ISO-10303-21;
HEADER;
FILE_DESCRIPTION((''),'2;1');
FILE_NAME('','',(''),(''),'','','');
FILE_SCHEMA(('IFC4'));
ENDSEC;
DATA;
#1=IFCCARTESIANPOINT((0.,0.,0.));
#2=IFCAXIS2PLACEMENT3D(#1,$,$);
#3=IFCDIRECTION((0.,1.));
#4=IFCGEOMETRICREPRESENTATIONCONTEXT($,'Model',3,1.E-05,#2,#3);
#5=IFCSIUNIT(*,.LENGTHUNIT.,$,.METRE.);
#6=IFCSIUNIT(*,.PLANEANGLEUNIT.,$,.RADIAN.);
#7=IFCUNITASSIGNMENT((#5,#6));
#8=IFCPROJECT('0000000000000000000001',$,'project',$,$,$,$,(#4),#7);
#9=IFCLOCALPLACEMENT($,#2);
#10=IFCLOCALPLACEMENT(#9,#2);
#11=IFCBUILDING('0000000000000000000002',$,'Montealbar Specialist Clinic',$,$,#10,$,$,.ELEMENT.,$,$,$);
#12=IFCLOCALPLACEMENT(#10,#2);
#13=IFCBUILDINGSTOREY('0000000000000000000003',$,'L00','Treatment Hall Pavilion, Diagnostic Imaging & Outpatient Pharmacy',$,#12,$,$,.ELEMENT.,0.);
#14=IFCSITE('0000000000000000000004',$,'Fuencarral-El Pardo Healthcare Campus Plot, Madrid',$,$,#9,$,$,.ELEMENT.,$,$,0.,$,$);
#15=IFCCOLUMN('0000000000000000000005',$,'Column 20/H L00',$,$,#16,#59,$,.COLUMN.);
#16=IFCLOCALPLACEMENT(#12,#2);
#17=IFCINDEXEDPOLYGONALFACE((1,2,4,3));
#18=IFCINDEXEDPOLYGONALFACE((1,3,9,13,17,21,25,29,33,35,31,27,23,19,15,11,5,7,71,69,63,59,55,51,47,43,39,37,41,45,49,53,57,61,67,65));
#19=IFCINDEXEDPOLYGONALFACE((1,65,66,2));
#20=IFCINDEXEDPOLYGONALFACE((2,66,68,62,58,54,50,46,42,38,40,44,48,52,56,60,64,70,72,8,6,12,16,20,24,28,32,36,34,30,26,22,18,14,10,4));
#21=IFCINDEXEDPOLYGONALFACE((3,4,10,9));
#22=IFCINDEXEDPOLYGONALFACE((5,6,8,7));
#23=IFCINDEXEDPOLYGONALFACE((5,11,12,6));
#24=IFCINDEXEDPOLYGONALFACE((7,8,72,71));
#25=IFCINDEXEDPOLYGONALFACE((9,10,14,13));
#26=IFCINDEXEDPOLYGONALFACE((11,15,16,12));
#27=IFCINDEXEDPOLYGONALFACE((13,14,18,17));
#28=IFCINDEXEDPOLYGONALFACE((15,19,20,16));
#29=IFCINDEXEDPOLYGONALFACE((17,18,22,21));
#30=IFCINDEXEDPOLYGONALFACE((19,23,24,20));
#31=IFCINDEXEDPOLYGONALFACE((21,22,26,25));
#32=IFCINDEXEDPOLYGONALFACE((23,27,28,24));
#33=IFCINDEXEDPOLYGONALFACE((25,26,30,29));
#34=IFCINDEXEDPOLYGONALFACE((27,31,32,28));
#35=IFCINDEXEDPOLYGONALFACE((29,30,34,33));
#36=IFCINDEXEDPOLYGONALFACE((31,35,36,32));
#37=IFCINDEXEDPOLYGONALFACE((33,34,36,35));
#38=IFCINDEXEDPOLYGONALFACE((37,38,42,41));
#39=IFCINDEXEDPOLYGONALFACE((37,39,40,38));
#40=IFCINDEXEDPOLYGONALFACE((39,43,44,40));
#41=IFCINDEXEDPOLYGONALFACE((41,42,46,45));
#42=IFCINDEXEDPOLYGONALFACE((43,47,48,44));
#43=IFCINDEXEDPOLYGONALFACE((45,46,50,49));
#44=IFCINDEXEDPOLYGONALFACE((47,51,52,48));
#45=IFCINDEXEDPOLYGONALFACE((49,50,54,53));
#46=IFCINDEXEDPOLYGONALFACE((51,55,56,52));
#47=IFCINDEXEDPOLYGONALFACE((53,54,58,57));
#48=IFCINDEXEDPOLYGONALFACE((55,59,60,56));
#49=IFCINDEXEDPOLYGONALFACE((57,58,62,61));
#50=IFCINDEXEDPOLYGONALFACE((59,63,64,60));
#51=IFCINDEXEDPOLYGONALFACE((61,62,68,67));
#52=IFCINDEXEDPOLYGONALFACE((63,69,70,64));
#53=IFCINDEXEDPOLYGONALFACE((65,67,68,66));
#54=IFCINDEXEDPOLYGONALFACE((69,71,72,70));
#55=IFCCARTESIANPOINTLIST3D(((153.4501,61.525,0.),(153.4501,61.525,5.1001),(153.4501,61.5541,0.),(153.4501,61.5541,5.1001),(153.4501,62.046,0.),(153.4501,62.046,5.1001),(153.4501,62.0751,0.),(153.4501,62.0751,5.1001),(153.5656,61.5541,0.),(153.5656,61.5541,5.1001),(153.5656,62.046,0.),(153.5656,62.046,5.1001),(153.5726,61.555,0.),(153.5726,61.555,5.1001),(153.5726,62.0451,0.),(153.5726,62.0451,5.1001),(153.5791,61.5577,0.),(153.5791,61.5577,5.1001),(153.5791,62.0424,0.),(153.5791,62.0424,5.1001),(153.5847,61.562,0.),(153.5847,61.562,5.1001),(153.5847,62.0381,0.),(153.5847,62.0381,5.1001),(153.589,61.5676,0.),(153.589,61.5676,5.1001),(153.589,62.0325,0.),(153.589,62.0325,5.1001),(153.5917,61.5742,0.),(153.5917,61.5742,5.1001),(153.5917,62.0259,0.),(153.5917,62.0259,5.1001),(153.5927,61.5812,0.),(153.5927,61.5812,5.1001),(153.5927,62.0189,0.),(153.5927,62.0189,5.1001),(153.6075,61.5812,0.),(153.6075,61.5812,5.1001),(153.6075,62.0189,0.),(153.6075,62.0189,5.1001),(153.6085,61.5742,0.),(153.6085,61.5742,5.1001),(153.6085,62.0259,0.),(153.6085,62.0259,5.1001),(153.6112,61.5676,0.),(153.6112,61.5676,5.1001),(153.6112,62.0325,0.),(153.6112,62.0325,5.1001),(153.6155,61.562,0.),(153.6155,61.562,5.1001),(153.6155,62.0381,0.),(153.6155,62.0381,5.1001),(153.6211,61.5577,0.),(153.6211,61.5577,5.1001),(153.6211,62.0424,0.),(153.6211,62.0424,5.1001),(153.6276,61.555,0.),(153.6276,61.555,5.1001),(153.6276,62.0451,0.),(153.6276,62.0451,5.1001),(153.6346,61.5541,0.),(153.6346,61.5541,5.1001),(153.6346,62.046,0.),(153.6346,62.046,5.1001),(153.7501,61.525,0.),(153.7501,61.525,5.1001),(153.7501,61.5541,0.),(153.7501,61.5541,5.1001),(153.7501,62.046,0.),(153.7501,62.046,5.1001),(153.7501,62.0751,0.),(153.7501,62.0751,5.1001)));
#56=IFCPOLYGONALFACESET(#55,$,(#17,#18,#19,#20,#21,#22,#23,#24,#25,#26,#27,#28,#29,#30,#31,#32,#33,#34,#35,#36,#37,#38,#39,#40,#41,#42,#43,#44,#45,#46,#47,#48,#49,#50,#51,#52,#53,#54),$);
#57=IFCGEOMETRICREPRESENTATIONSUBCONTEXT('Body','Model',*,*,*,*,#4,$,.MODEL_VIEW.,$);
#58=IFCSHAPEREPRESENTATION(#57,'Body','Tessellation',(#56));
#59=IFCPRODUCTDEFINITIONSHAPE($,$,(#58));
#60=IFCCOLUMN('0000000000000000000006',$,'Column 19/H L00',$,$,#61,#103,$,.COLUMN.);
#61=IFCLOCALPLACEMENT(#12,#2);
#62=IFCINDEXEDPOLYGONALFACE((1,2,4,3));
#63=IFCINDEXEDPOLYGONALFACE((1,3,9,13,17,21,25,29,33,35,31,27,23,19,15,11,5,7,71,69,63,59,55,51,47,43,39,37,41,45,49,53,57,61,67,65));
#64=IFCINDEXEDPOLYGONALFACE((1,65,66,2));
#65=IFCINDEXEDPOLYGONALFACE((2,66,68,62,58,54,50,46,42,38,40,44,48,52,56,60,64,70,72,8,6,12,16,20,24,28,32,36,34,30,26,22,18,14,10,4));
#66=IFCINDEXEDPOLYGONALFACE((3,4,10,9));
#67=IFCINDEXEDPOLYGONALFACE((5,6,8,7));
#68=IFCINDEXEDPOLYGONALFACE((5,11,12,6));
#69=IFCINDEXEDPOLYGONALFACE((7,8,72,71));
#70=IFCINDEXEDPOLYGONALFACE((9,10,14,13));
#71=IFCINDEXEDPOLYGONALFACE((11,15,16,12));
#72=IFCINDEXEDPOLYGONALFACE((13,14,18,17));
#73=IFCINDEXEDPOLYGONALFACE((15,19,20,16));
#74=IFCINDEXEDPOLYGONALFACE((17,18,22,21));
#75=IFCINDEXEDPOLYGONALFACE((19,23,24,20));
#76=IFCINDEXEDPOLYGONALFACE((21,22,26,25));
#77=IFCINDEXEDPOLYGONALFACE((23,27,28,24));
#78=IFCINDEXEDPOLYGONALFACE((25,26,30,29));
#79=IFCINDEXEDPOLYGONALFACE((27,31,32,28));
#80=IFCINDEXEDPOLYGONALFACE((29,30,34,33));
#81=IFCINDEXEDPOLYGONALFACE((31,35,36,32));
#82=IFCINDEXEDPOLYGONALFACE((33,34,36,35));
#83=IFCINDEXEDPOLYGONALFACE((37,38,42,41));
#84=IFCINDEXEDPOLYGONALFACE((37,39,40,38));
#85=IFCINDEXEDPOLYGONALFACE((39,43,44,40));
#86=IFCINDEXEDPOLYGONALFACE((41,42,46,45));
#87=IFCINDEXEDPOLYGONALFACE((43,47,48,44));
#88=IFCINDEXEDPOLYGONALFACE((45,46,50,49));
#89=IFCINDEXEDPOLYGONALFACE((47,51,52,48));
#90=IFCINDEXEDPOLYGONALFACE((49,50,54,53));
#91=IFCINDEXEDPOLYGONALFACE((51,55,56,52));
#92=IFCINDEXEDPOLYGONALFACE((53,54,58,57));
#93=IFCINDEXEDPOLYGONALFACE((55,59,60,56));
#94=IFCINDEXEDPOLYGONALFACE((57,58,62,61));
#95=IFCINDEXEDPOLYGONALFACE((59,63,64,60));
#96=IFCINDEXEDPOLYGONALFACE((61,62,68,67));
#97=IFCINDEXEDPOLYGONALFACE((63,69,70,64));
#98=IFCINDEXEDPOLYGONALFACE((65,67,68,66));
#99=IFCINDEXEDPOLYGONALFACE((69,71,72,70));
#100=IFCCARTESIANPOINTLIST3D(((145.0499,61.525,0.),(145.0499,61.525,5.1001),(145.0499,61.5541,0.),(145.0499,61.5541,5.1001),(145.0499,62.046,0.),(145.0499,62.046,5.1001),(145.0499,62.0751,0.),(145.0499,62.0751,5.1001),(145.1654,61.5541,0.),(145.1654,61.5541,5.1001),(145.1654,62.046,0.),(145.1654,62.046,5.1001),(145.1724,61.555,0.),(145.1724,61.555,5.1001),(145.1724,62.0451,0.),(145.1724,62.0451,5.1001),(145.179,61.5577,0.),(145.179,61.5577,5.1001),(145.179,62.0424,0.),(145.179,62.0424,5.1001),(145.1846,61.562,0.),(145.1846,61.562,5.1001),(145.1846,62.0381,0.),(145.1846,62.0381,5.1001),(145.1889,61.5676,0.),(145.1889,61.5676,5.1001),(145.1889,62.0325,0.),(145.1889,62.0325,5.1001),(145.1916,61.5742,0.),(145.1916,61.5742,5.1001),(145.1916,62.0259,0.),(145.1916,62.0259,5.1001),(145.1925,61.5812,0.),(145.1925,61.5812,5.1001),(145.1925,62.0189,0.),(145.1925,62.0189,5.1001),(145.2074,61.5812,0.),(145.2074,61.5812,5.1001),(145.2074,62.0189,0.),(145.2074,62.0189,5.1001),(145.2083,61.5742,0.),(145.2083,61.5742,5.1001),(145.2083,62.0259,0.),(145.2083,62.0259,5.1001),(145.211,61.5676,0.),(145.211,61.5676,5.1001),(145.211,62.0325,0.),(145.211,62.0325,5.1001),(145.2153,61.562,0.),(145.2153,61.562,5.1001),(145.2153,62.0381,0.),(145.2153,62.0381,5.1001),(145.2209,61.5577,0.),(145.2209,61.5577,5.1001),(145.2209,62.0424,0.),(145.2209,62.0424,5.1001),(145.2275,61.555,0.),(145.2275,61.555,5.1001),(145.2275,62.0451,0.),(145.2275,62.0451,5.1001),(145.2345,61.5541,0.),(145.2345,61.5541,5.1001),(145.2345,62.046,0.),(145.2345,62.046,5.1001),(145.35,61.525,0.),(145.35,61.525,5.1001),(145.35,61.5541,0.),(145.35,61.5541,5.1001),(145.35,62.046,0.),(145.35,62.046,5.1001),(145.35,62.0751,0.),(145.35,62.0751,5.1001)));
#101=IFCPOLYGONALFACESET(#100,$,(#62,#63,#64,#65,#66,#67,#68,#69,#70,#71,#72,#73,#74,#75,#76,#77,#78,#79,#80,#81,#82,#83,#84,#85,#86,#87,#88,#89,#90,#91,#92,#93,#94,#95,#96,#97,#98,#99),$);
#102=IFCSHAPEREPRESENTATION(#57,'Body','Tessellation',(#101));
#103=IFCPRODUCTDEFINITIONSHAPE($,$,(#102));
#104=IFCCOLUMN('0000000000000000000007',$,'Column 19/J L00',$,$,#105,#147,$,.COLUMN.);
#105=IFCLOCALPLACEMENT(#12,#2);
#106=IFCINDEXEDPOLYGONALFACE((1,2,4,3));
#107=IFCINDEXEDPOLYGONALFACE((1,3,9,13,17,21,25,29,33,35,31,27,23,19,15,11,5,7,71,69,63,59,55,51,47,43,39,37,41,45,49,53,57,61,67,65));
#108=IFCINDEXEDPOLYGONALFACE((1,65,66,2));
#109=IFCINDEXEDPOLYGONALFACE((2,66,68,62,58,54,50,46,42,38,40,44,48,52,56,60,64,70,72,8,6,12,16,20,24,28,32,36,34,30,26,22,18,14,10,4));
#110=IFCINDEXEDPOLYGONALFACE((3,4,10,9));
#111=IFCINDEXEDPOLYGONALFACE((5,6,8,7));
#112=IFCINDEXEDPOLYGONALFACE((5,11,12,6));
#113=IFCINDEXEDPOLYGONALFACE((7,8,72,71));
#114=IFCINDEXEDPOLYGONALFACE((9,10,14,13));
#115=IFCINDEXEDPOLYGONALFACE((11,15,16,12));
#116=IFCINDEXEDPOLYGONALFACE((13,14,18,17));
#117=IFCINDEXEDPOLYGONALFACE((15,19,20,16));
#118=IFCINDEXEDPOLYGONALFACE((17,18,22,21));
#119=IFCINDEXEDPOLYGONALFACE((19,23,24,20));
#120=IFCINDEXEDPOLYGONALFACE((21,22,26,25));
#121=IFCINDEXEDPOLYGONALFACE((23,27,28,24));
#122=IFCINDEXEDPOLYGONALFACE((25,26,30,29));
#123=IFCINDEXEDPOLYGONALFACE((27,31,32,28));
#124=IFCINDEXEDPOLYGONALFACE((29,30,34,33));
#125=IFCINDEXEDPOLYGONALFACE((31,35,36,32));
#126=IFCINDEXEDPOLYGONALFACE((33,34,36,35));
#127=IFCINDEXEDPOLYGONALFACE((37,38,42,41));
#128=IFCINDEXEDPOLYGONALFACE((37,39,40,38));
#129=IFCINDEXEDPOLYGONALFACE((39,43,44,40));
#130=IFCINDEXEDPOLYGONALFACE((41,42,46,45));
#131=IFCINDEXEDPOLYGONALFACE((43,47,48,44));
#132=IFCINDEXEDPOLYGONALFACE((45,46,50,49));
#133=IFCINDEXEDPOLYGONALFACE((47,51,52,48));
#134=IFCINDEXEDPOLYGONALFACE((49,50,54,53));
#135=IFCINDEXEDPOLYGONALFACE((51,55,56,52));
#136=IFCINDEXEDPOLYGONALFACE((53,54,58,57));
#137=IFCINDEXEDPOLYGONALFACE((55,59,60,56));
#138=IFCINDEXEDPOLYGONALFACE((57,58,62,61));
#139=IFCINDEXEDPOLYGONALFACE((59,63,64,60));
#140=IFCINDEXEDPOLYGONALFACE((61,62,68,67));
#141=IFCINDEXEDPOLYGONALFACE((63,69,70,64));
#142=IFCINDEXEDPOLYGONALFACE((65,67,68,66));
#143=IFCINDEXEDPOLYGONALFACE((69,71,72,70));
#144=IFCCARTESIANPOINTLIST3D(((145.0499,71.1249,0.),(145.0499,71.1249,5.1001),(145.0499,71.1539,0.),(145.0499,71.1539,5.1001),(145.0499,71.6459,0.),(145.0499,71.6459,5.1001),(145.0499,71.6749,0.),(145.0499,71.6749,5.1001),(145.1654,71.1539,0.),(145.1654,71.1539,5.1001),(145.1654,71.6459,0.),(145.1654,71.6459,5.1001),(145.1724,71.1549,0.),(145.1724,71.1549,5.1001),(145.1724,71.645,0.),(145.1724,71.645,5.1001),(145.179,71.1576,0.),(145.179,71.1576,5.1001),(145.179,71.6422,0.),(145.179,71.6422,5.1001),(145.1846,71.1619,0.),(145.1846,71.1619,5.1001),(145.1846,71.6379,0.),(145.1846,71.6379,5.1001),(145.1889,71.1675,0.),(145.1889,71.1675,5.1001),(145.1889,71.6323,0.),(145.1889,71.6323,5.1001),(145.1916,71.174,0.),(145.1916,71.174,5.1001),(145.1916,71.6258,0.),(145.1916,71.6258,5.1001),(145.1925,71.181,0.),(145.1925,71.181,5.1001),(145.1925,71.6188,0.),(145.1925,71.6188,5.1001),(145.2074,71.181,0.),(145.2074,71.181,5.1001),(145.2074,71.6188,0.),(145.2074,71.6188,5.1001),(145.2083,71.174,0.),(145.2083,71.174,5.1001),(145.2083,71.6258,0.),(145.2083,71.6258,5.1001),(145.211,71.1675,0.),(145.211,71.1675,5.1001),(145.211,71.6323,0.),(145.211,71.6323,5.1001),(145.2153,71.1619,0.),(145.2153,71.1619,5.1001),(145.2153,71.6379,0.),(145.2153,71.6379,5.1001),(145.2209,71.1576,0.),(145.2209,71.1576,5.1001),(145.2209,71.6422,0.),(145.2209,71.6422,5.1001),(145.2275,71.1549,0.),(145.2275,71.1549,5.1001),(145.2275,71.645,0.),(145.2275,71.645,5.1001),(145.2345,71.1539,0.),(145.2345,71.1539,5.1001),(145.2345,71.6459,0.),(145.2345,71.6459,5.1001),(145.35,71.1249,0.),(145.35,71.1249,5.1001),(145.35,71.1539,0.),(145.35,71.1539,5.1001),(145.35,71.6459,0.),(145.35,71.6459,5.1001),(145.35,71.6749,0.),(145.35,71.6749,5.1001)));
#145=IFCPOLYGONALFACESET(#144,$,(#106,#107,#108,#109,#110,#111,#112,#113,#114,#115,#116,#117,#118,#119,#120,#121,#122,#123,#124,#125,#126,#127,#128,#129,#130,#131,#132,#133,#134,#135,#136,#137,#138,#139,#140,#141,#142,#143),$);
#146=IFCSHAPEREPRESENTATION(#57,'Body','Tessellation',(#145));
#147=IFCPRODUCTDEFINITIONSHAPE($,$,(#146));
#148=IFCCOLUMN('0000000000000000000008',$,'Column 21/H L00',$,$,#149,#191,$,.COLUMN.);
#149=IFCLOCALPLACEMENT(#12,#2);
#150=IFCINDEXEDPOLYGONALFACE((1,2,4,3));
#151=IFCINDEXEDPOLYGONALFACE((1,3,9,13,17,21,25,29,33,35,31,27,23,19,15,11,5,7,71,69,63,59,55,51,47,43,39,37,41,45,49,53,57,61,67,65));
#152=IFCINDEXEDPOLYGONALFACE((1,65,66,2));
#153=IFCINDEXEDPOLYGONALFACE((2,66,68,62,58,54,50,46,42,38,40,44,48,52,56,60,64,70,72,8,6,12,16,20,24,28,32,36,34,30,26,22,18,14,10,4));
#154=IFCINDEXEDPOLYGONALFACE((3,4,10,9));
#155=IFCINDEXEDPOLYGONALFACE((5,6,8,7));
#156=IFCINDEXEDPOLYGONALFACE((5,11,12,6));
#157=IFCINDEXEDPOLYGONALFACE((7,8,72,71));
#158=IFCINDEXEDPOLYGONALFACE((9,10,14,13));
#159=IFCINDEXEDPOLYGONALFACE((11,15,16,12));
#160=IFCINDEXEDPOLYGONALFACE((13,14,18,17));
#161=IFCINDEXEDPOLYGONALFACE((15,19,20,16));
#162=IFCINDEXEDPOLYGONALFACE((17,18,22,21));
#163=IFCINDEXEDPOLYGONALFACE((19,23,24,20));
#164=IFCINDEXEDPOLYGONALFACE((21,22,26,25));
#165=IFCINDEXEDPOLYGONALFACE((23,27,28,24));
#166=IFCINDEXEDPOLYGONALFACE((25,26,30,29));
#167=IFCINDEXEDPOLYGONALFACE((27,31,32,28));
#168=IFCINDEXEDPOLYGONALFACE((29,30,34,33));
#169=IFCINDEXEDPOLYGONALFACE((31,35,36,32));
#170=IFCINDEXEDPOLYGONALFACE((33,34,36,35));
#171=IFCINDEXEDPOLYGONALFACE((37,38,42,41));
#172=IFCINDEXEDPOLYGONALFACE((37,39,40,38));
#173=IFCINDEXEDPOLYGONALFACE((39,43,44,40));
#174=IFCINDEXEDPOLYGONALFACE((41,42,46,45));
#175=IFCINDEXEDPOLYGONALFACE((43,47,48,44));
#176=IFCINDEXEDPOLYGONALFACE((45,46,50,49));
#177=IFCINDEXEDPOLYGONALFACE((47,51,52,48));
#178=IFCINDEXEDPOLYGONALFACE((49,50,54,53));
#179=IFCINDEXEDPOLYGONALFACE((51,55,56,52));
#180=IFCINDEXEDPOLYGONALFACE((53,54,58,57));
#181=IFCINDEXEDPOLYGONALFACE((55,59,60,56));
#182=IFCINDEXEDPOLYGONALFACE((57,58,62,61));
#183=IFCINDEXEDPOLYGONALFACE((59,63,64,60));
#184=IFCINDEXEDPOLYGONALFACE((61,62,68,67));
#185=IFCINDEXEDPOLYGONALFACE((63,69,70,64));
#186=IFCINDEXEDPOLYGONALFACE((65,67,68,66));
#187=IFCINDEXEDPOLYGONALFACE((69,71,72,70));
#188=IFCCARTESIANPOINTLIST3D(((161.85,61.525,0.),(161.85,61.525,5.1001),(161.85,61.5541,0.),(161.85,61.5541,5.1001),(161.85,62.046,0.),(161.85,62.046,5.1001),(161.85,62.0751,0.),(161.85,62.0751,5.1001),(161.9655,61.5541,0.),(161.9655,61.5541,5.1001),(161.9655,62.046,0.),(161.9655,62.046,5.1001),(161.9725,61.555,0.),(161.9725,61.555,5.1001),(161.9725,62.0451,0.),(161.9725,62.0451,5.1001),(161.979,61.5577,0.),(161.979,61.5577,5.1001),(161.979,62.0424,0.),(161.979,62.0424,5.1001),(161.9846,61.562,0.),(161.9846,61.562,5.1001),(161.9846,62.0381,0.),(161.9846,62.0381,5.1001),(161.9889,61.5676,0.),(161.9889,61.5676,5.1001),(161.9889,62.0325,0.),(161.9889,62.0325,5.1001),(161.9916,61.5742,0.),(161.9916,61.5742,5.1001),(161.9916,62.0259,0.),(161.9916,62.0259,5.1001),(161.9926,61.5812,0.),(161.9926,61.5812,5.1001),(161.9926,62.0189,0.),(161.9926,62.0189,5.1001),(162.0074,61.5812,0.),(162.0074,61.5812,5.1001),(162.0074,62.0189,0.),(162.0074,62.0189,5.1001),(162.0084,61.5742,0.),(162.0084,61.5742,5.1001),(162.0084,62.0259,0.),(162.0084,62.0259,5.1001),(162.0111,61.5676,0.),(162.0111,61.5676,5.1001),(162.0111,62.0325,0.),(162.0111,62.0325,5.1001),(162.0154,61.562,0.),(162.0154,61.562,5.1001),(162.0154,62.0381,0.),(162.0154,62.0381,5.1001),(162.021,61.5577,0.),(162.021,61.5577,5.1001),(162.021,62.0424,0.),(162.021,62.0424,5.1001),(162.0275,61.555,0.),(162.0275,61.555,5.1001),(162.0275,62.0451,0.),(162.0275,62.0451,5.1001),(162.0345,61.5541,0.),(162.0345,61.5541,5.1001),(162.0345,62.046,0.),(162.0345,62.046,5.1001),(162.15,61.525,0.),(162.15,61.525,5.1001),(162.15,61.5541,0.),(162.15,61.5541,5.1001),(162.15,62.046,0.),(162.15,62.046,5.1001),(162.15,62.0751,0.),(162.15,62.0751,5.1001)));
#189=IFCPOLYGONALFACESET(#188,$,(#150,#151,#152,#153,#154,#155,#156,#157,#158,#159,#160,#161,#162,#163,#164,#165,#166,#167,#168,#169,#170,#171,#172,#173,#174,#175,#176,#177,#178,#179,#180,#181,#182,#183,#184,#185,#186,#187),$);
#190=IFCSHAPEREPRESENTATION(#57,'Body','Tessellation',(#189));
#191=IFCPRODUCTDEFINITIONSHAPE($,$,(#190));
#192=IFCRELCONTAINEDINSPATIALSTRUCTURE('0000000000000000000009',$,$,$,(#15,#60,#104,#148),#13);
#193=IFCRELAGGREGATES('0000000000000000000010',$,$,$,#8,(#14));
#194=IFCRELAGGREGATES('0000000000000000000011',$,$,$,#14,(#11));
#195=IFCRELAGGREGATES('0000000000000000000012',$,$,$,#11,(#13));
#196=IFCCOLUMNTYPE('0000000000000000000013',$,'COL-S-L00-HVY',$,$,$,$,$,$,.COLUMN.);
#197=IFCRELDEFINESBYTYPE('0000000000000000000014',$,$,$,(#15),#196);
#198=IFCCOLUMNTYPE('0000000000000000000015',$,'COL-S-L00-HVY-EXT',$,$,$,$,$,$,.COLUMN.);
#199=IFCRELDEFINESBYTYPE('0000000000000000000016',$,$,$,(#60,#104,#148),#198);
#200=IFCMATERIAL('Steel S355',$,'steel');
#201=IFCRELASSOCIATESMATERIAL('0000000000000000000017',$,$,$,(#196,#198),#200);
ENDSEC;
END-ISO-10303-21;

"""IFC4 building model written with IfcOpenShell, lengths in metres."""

from ifc_helpers import new_model, si_unit, direction, frame, origin, origin_2d, place, context, subcontext, project, spatial, i_section, extrude, material, material_profile, profile_set, type_object, element, save


model = new_model("IFC4")

# Units and contexts
model_context = context("Model", 3, precision=1e-05, world=origin(), true_north=direction((0.0, 1.0)))
body_context = subcontext(model_context, "Body", "Model", "MODEL_VIEW")
ifc_project = project(units=[si_unit("LENGTHUNIT", "METRE"), si_unit("PLANEANGLEUNIT", "RADIAN")], contexts=[model_context])

# Site, building, storey
site_placement = place(None, origin())
site = spatial("IfcSite", under=ifc_project, at=site_placement, Name="Fuencarral-El Pardo Healthcare Campus Plot, Madrid", CompositionType="ELEMENT", RefElevation=0.0)
building_placement = place(site_placement, origin())
building = spatial("IfcBuilding", under=site, at=building_placement, Name="Montealbar Specialist Clinic", CompositionType="ELEMENT")
storey_placement = place(building_placement, origin())
storey = spatial("IfcBuildingStorey", under=building, at=storey_placement, Name="L00", Description="Treatment Hall Pavilion, Diagnostic Imaging & Outpatient Pharmacy", CompositionType="ELEMENT", Elevation=0.0)

# Columns
ifc_material_1 = material(Name="Steel S355", Category="steel")
ifc_material_profile_1 = material_profile(ifc_material_1, i_section(OverallWidth=0.3, OverallDepth=0.55, WebThickness=0.0149, FlangeThickness=0.0291, FilletRadius=0.0271, at=origin_2d()), Name="HEB 550", Category="steel")
ifc_profile_set_1 = profile_set([ifc_material_profile_1], Name="Steel S355")
column_type_1 = type_object("IfcColumnType", Name="COL-S-L00-HVY", PredefinedType="COLUMN", material=ifc_profile_set_1)
column_1_placement = place(storey_placement, frame((153.6001, 61.8, 0.0), z_axis=(0.0, 0.0, 1.0), x_axis=(1.0, 0.0, 0.0)))
element("IfcColumn", 1, at=column_1_placement, inside=storey, type_object=column_type_1, Name="Column 20/H L00", PredefinedType="COLUMN", context=body_context, shape_type="SweptSolid", body=[
    extrude(i_section(OverallWidth=0.3, OverallDepth=0.55, WebThickness=0.0149, FlangeThickness=0.0291, FilletRadius=0.0271, at=origin_2d()), origin(), (0.0, 0.0, 1.0), 5.1001),
])
ifc_material_profile_2 = material_profile(ifc_material_1, i_section(OverallWidth=0.3, OverallDepth=0.55, WebThickness=0.0149, FlangeThickness=0.0291, FilletRadius=0.0271, at=origin_2d()), Name="HEB 550", Category="steel")
ifc_profile_set_2 = profile_set([ifc_material_profile_2], Name="Steel S355")
column_type_2 = type_object("IfcColumnType", Name="COL-S-L00-HVY-EXT", PredefinedType="COLUMN", material=ifc_profile_set_2)
for number, where, z_axis, x_axis, name in (
    (2, (145.2, 61.8, 0.0), (0.0, 0.0, 1.0), (1.0, 0.0, 0.0), "Column 19/H L00"),
    (3, (145.2, 71.3999, 0.0), (0.0, 0.0, 1.0), (1.0, 0.0, 0.0), "Column 19/J L00"),
    (4, (162.0, 61.8, 0.0), (0.0, 0.0, 1.0), (1.0, 0.0, 0.0), "Column 21/H L00"),
):
    element("IfcColumn", number, at=place(storey_placement, frame(where, z_axis=z_axis, x_axis=x_axis)), inside=storey, type_object=column_type_2, Name=name, PredefinedType="COLUMN", context=body_context, shape_type="SweptSolid", body=[
        extrude(i_section(OverallWidth=0.3, OverallDepth=0.55, WebThickness=0.0149, FlangeThickness=0.0291, FilletRadius=0.0271, at=origin_2d()), origin(), (0.0, 0.0, 1.0), 5.1001),
    ])

save(model, "model.ifc")
